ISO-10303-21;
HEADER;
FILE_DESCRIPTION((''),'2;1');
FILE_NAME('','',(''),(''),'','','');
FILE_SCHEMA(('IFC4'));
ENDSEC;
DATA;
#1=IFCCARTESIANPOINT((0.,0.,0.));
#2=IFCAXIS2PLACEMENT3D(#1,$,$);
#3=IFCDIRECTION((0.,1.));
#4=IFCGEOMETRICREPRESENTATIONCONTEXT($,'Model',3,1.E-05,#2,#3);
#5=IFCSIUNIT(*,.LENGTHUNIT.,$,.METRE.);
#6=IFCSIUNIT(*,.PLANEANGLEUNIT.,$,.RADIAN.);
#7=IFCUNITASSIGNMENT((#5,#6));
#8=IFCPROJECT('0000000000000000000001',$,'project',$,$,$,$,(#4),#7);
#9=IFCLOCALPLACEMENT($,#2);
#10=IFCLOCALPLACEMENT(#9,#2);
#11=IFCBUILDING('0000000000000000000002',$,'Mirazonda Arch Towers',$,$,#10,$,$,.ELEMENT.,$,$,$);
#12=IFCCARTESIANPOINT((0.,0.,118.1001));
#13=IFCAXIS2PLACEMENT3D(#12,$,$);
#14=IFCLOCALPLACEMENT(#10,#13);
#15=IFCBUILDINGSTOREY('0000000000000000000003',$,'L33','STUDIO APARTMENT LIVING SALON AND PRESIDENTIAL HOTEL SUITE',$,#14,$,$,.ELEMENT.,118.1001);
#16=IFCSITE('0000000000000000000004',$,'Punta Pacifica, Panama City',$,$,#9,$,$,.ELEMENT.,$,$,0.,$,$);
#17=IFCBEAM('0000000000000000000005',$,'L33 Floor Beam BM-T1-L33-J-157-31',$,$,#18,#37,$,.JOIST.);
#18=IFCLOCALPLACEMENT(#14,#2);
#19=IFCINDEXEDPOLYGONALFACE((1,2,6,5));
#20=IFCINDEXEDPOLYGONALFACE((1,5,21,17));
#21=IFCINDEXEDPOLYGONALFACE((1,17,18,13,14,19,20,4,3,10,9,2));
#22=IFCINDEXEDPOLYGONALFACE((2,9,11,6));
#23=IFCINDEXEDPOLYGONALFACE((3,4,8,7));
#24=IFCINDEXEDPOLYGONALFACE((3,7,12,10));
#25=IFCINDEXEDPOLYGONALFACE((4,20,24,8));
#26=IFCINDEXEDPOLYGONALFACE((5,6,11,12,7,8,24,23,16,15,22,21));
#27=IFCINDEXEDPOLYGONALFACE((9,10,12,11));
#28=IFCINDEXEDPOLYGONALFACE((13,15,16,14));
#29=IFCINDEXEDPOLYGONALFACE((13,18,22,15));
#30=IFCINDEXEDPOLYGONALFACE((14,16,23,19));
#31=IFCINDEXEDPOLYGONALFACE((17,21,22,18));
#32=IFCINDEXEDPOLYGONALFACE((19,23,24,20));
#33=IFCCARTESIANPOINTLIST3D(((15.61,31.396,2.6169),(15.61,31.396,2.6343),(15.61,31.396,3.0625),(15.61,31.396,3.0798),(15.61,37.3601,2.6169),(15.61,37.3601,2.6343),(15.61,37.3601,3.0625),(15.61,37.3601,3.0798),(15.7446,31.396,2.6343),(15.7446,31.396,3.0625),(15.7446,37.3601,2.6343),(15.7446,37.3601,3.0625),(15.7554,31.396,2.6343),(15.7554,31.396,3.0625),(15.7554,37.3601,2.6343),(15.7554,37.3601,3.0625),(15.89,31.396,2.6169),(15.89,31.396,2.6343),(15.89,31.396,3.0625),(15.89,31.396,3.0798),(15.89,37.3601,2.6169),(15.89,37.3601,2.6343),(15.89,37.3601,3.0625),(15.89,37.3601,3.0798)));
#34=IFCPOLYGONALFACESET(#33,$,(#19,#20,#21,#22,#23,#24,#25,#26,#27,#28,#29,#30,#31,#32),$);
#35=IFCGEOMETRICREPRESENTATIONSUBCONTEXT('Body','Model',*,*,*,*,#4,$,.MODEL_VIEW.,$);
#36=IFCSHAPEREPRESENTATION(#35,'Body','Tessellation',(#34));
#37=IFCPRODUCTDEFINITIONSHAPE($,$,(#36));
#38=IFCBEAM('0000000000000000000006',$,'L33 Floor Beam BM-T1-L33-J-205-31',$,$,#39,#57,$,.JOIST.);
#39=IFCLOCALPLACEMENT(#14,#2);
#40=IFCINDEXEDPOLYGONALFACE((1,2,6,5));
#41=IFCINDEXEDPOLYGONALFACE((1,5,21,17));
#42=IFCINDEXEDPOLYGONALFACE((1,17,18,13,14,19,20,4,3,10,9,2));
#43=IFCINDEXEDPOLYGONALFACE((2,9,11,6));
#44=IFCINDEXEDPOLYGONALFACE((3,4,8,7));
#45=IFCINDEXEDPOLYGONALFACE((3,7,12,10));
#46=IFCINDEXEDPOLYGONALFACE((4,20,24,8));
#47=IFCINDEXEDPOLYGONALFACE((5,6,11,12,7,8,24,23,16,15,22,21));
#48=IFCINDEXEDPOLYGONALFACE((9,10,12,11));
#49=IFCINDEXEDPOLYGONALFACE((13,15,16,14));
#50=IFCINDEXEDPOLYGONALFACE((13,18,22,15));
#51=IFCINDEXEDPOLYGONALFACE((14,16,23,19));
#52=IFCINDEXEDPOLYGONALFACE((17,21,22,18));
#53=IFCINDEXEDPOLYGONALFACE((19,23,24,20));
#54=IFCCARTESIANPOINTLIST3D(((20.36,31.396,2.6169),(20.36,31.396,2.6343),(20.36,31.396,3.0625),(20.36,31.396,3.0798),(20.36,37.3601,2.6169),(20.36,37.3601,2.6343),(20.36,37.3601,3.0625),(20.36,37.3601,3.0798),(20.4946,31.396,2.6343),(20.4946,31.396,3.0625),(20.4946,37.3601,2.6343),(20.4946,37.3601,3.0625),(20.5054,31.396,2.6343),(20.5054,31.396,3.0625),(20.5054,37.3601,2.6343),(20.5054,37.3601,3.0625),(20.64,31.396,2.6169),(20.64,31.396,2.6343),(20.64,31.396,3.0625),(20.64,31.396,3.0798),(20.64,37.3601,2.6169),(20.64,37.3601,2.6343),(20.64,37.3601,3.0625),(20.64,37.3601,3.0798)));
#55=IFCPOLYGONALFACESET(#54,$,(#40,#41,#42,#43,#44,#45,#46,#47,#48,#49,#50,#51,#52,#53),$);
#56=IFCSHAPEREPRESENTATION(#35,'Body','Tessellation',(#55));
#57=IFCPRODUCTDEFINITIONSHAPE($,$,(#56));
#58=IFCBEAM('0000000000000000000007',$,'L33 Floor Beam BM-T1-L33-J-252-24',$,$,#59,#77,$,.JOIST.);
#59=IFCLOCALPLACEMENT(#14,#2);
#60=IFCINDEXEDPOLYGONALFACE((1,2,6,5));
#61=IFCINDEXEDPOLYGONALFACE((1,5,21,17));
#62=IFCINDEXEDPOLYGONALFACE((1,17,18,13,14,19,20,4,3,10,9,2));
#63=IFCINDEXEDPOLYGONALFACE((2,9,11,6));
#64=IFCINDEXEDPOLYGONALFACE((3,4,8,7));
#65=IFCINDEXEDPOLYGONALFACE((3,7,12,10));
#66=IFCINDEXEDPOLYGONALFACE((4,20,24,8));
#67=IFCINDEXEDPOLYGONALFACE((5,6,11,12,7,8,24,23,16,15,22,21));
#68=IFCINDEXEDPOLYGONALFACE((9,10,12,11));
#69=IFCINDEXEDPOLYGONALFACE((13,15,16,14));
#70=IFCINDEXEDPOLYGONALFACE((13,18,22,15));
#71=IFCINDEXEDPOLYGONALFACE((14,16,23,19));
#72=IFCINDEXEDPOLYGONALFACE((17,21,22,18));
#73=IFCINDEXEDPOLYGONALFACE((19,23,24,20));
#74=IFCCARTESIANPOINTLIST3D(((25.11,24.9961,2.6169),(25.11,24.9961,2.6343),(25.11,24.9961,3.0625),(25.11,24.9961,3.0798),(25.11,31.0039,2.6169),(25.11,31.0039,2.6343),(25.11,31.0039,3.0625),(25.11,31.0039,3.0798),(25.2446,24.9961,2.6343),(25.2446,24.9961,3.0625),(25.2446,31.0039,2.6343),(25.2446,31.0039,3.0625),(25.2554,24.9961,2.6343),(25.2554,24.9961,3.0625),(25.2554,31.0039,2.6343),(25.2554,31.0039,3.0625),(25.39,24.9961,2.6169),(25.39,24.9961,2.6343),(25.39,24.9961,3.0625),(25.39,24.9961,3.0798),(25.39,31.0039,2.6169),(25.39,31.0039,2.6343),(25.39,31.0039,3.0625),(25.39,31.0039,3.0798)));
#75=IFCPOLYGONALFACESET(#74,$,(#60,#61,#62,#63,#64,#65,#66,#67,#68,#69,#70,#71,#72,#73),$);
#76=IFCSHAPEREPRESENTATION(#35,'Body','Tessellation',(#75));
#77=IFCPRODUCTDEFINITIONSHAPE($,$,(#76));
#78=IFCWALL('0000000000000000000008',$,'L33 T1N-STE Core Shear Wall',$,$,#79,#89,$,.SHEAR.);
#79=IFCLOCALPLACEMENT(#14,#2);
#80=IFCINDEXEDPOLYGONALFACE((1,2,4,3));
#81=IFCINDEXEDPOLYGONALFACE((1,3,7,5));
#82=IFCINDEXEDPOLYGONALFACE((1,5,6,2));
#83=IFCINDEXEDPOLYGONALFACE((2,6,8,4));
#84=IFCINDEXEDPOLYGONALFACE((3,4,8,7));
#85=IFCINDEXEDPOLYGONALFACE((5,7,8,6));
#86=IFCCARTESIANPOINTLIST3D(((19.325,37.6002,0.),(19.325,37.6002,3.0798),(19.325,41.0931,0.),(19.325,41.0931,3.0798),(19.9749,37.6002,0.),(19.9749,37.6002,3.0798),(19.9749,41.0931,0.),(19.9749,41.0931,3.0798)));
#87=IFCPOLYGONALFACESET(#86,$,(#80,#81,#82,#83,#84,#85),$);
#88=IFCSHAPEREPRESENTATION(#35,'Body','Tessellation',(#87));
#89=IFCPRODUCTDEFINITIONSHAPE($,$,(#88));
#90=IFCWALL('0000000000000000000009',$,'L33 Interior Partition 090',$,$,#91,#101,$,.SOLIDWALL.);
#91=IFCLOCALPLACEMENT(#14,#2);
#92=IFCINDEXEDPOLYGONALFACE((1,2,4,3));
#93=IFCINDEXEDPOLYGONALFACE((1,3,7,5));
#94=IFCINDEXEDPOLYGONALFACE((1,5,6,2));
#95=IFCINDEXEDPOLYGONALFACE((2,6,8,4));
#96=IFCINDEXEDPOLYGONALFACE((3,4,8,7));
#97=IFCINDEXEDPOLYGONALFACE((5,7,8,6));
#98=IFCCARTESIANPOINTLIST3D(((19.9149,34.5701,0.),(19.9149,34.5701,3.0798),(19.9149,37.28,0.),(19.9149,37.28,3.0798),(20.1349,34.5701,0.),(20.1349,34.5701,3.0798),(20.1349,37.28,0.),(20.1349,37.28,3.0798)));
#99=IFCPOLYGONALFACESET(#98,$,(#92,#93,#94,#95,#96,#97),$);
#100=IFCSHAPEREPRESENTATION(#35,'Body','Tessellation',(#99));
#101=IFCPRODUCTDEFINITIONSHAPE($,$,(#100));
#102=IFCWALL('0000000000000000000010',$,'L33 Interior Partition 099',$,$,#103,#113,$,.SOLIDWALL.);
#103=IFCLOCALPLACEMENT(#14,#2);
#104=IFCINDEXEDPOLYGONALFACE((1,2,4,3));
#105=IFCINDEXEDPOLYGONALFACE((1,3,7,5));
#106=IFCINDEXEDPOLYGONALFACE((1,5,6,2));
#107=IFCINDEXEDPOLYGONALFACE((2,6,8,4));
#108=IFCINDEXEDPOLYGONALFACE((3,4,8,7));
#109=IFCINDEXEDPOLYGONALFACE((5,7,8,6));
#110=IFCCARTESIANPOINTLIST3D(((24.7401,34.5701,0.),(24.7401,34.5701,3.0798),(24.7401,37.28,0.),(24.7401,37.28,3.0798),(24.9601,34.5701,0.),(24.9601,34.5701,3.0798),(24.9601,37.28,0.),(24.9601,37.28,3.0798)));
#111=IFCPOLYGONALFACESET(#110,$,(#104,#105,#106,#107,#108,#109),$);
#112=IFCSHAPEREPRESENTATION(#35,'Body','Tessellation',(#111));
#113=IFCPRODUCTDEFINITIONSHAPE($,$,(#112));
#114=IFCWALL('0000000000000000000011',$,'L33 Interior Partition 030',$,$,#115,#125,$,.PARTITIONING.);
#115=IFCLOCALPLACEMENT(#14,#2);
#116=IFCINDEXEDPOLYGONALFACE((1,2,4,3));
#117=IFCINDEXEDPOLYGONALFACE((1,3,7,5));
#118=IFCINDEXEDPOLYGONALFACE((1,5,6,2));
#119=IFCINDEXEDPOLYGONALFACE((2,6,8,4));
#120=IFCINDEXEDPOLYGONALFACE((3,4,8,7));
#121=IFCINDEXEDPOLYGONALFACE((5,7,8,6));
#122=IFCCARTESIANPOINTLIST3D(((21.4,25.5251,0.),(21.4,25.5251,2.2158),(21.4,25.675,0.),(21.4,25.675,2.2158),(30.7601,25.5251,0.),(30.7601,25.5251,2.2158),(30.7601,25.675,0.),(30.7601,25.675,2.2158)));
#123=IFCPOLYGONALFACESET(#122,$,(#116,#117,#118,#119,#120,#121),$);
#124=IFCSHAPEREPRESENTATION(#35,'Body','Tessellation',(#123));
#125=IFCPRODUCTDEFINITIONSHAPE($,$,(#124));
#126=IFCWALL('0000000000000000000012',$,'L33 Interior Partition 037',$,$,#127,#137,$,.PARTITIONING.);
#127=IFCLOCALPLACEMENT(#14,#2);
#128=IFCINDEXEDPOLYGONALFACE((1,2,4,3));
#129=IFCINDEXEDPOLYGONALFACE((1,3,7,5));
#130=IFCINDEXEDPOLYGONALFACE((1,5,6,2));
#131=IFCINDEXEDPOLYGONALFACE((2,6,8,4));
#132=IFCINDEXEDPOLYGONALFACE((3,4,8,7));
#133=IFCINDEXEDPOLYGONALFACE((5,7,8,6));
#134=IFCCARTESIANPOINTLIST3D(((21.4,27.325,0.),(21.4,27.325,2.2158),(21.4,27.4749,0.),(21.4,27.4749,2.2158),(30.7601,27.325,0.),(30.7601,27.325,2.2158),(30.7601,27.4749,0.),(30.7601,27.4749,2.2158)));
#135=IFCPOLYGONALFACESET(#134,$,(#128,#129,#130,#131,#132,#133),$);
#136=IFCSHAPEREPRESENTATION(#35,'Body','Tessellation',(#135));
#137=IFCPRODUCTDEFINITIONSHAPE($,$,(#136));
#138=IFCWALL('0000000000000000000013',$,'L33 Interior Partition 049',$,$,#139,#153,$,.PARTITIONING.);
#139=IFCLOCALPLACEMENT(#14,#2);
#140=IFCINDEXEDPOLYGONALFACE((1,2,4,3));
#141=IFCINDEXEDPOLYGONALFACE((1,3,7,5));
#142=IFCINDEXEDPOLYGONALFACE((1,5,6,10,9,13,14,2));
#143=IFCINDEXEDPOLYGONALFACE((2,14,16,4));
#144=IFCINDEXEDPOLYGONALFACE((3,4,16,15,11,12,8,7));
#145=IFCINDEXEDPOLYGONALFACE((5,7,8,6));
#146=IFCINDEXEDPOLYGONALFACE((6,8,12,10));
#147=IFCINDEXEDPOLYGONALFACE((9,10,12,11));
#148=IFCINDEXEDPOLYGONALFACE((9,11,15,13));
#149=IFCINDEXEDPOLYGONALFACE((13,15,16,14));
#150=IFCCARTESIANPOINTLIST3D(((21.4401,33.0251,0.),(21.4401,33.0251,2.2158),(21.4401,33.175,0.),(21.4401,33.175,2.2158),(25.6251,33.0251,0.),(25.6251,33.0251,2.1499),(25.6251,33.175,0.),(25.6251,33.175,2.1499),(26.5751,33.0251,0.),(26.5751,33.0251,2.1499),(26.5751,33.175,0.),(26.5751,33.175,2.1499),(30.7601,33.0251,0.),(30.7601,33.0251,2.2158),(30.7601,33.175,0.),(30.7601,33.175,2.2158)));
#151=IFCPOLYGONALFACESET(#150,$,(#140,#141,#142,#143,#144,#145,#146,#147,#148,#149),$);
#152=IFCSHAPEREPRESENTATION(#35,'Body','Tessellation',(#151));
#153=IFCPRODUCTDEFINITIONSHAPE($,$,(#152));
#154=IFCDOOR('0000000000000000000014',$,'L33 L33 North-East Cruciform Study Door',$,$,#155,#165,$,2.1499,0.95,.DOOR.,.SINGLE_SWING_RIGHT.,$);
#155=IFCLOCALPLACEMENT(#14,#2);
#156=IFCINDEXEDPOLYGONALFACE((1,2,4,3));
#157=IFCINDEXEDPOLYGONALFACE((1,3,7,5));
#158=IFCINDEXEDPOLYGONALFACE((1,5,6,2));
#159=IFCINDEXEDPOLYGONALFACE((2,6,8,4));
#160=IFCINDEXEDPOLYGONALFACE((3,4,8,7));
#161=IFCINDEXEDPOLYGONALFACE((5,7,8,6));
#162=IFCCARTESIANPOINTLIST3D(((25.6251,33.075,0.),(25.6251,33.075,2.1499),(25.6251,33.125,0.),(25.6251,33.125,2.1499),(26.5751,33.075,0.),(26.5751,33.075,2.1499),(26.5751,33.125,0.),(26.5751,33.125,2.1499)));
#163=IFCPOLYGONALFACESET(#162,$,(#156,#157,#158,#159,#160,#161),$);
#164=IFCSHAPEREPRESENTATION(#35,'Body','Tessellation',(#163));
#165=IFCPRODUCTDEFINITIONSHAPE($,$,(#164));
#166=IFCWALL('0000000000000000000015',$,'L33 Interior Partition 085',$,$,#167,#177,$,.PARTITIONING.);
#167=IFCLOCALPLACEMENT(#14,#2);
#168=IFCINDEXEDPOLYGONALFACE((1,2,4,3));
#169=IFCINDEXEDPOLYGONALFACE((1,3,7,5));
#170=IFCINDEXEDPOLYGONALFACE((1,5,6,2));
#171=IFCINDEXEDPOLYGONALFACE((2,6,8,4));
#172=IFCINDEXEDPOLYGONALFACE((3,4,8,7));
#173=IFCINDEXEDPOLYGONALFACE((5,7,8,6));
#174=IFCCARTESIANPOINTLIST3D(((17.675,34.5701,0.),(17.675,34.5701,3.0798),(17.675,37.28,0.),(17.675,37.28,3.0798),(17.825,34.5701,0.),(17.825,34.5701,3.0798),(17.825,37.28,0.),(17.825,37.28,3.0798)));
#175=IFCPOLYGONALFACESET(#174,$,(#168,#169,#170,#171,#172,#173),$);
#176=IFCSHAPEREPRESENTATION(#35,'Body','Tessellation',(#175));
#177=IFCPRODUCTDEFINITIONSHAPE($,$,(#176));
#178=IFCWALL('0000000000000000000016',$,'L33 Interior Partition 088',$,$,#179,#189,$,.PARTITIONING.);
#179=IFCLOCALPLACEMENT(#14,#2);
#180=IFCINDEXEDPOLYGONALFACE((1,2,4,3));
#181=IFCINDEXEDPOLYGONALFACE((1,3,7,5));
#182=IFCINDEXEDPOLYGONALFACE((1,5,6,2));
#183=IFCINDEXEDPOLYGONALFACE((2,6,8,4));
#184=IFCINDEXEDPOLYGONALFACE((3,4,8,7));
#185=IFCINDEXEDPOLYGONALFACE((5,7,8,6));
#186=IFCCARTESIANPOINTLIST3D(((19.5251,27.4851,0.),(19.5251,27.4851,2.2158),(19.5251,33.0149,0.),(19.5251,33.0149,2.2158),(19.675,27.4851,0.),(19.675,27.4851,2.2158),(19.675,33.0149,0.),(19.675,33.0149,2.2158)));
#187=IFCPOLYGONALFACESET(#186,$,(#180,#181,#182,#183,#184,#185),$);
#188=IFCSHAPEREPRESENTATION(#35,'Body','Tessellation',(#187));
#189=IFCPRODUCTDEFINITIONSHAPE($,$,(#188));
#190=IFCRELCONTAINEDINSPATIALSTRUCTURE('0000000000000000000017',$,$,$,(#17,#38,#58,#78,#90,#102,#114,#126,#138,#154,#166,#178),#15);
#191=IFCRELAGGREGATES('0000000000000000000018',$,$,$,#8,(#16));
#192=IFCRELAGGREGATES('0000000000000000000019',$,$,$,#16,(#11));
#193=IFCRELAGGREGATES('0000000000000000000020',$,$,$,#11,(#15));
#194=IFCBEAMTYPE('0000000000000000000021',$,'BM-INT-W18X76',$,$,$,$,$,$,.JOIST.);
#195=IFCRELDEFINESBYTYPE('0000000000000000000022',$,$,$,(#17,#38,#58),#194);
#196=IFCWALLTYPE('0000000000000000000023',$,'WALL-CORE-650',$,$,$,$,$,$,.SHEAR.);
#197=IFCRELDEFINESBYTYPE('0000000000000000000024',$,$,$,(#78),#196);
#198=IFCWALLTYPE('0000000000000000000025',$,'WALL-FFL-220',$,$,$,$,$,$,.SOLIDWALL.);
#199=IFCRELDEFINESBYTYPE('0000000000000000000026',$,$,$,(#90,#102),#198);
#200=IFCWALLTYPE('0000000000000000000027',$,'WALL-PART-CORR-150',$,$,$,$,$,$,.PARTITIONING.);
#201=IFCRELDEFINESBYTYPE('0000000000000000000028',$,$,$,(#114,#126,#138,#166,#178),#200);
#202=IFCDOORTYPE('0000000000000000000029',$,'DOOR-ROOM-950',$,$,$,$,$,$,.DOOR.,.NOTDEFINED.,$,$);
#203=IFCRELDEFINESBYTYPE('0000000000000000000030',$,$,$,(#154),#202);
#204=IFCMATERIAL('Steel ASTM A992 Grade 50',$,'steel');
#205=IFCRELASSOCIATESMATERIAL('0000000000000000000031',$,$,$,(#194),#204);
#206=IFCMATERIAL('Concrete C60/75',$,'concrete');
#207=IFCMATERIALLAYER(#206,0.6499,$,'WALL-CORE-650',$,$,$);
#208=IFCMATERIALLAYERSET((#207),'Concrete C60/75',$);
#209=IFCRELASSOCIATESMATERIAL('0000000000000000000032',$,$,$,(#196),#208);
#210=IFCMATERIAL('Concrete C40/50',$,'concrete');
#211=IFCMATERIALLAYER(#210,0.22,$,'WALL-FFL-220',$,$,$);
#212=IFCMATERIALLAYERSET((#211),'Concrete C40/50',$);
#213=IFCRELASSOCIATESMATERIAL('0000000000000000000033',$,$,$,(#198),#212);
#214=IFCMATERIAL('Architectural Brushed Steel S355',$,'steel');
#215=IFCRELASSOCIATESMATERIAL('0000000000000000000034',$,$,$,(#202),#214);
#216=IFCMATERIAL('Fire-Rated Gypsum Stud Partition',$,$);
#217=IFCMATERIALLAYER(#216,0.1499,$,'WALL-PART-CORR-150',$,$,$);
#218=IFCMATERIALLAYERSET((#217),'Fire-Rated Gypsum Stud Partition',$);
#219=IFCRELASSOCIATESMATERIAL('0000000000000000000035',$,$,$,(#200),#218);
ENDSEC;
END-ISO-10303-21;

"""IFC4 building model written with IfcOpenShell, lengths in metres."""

from ifc_helpers import new_model, si_unit, direction, frame, frame_2d, origin, origin_2d, place, context, subcontext, project, spatial, rectangle, i_section, extrude, material, layer, layer_set, material_profile, profile_set, type_object, element, fill, save


model = new_model("IFC4")

# Units and contexts
model_context = context("Model", 3, precision=1e-05, world=origin(), true_north=direction((0.0, 1.0)))
body_context = subcontext(model_context, "Body", "Model", "MODEL_VIEW")
ifc_project = project(units=[si_unit("LENGTHUNIT", "METRE"), si_unit("PLANEANGLEUNIT", "RADIAN")], contexts=[model_context])

# Site, building, storey
site_placement = place(None, origin())
site = spatial("IfcSite", under=ifc_project, at=site_placement, Name="Punta Pacifica, Panama City", CompositionType="ELEMENT", RefElevation=0.0)
building_placement = place(site_placement, origin())
building = spatial("IfcBuilding", under=site, at=building_placement, Name="Mirazonda Arch Towers", CompositionType="ELEMENT")
storey_placement = place(building_placement, frame((0.0, 0.0, 118.1001)))
storey = spatial("IfcBuildingStorey", under=building, at=storey_placement, Name="L33", Description="STUDIO APARTMENT LIVING SALON AND PRESIDENTIAL HOTEL SUITE", CompositionType="ELEMENT", Elevation=118.1001)

# Beams
ifc_material_1 = material(Name="Steel ASTM A992 Grade 50", Category="steel")
ifc_material_profile = material_profile(ifc_material_1, i_section(OverallWidth=0.28, OverallDepth=0.4629, WebThickness=0.0107, FlangeThickness=0.0173, at=origin_2d()), Name="W18X76")
ifc_profile_set = profile_set([ifc_material_profile], Name="Steel ASTM A992 Grade 50")
beam_type = type_object("IfcBeamType", Name="BM-INT-W18X76", PredefinedType="JOIST", material=ifc_profile_set)
for number, where, z_axis, x_axis, name in (
    (1, (15.75, 31.396, 2.8484), (0.0, 1.0, 0.0), (-1.0, 0.0, 0.0), "L33 Floor Beam BM-T1-L33-J-157-31"),
    (2, (20.5, 31.396, 2.8484), (0.0, 1.0, 0.0), (-1.0, 0.0, 0.0), "L33 Floor Beam BM-T1-L33-J-205-31"),
):
    element("IfcBeam", number, at=place(storey_placement, frame(where, z_axis=z_axis, x_axis=x_axis)), inside=storey, type_object=beam_type, Name=name, PredefinedType="JOIST", context=body_context, shape_type="SweptSolid", body=[
        extrude(i_section(OverallWidth=0.28, OverallDepth=0.4629, WebThickness=0.0107, FlangeThickness=0.0173, at=origin_2d()), origin(), (0.0, 0.0, 1.0), 5.9641),
    ])
beam_placement = place(storey_placement, frame((25.25, 24.9961, 2.8484), z_axis=(0.0, 1.0, 0.0), x_axis=(-1.0, 0.0, 0.0)))
element("IfcBeam", 3, at=beam_placement, inside=storey, type_object=beam_type, Name="L33 Floor Beam BM-T1-L33-J-252-24", PredefinedType="JOIST", context=body_context, shape_type="SweptSolid", body=[
    extrude(i_section(OverallWidth=0.28, OverallDepth=0.4629, WebThickness=0.0107, FlangeThickness=0.0173, at=origin_2d()), origin(), (0.0, 0.0, 1.0), 6.0078),
])

# Wall
ifc_material_2 = material(Name="Concrete C60/75", Category="concrete")
ifc_layer_1 = layer(ifc_material_2, 0.6499, Name="WALL-CORE-650")
ifc_layer_set_1 = layer_set([ifc_layer_1], Name="Concrete C60/75")
wall_type_1 = type_object("IfcWallType", Name="WALL-CORE-650", PredefinedType="SHEAR", material=ifc_layer_set_1)
wall_1_placement = place(storey_placement, frame((19.6499, 37.6001, 0.0), z_axis=(0.0, 0.0, 1.0), x_axis=(0.0, 1.0, 0.0)))
element("IfcWall", 4, at=wall_1_placement, inside=storey, type_object=wall_type_1, Name="L33 T1N-STE Core Shear Wall", PredefinedType="SHEAR", context=body_context, shape_type="SweptSolid", body=[
    extrude(rectangle(XDim=3.4929, YDim=0.6499, at=frame_2d((1.7466, 0.0))), origin(), (0.0, 0.0, 1.0), 3.0798),
])

# Shared definitions
ifc_material_3 = material(Name="Concrete C40/50", Category="concrete")
ifc_layer_2 = layer(ifc_material_3, 0.22, Name="WALL-FFL-220")
ifc_layer_set_2 = layer_set([ifc_layer_2], Name="Concrete C40/50")
wall_type_2 = type_object("IfcWallType", Name="WALL-FFL-220", PredefinedType="SOLIDWALL", material=ifc_layer_set_2)
ifc_material_4 = material(Name="Architectural Brushed Steel S355", Category="steel")
door_type_1 = type_object("IfcDoorType", Name="DOOR-ROOM-950", OperationType="NOTDEFINED", PredefinedType="DOOR", material=ifc_material_4)

# Walls
for number, where, z_axis, x_axis, name in (
    (5, (20.0249, 34.5701, 0.0), (0.0, 0.0, 1.0), (0.0, 1.0, 0.0), "L33 Interior Partition 090"),
    (6, (24.8501, 34.5701, 0.0), (0.0, 0.0, 1.0), (0.0, 1.0, 0.0), "L33 Interior Partition 099"),
):
    element("IfcWall", number, at=place(storey_placement, frame(where, z_axis=z_axis, x_axis=x_axis)), inside=storey, type_object=wall_type_2, Name=name, PredefinedType="SOLIDWALL", context=body_context, shape_type="SweptSolid", body=[
        extrude(rectangle(XDim=2.71, YDim=0.22, at=frame_2d((1.355, 0.0))), origin(), (0.0, 0.0, 1.0), 3.0798),
    ])
ifc_material_5 = material(Name="Fire-Rated Gypsum Stud Partition")
ifc_layer_3 = layer(ifc_material_5, 0.1499, Name="WALL-PART-CORR-150")
ifc_layer_set_3 = layer_set([ifc_layer_3], Name="Fire-Rated Gypsum Stud Partition")
wall_type_3 = type_object("IfcWallType", Name="WALL-PART-CORR-150", PredefinedType="PARTITIONING", material=ifc_layer_set_3)
for number, where, z_axis, x_axis, name in (
    (7, (21.3999, 25.6001, 0.0), (0.0, 0.0, 1.0), (1.0, 0.0, 0.0), "L33 Interior Partition 030"),
    (8, (21.3999, 27.3999, 0.0), (0.0, 0.0, 1.0), (1.0, 0.0, 0.0), "L33 Interior Partition 037"),
):
    element("IfcWall", number, at=place(storey_placement, frame(where, z_axis=z_axis, x_axis=x_axis)), inside=storey, type_object=wall_type_3, Name=name, PredefinedType="PARTITIONING", context=body_context, shape_type="SweptSolid", body=[
        extrude(rectangle(XDim=9.3601, YDim=0.1499, at=frame_2d((4.6802, 0.0))), origin(), (0.0, 0.0, 1.0), 2.2158),
    ])

# Wall, opening, door
wall_2_placement = place(storey_placement, frame((21.4399, 33.1001, 0.0), z_axis=(0.0, 0.0, 1.0), x_axis=(1.0, 0.0, 0.0)))
wall_2 = element("IfcWall", 9, at=wall_2_placement, inside=storey, type_object=wall_type_3, Name="L33 Interior Partition 049", PredefinedType="PARTITIONING", context=body_context, shape_type="SweptSolid", body=[
    extrude(rectangle(XDim=9.3201, YDim=0.1499, at=frame_2d((4.6602, 0.0))), origin(), (0.0, 0.0, 1.0), 2.2158),
])
opening_1_placement = place(wall_2_placement, frame((4.1851, 0.0, 0.0)))
opening_1 = element("IfcOpeningElement", 10, at=opening_1_placement, cuts=wall_2, PredefinedType="OPENING", context=body_context, shape_type="SweptSolid", body=[
    extrude(rectangle(XDim=0.95, YDim=2.1499, at=frame_2d((0.4751, 1.075))), frame((0.0, 0.085, 0.0), z_axis=(0.0, -1.0, 0.0), x_axis=(1.0, 0.0, 0.0)), (0.0, 0.0, 1.0), 0.1699),
])
door_1_placement = place(opening_1_placement, origin())
door_1 = element("IfcDoor", 11, at=door_1_placement, inside=storey, type_object=door_type_1, Name="L33 L33 North-East Cruciform Study Door", OperationType="SINGLE_SWING_RIGHT", OverallHeight=2.1499, OverallWidth=0.95, PredefinedType="DOOR", context=body_context, shape_type="SweptSolid", body=[
    extrude(rectangle(XDim=0.95, YDim=2.1499, at=frame_2d((0.4751, 1.075))), frame((0.0, 0.0249, 0.0), z_axis=(0.0, -1.0, 0.0), x_axis=(1.0, 0.0, 0.0)), (0.0, 0.0, 1.0), 0.05),
])
fill(opening_1, door_1)

# Walls
wall_3_placement = place(storey_placement, frame((17.75, 34.5701, 0.0), z_axis=(0.0, 0.0, 1.0), x_axis=(0.0, 1.0, 0.0)))
element("IfcWall", 12, at=wall_3_placement, inside=storey, type_object=wall_type_3, Name="L33 Interior Partition 085", PredefinedType="PARTITIONING", context=body_context, shape_type="SweptSolid", body=[
    extrude(rectangle(XDim=2.71, YDim=0.1499, at=frame_2d((1.355, 0.0))), origin(), (0.0, 0.0, 1.0), 3.0798),
])
for number, where, z_axis, x_axis, name in (
    (13, (19.6001, 27.4851, 0.0), (0.0, 0.0, 1.0), (0.0, 1.0, 0.0), "L33 Interior Partition 088"),
):
    element("IfcWall", number, at=place(storey_placement, frame(where, z_axis=z_axis, x_axis=x_axis)), inside=storey, type_object=wall_type_3, Name=name, PredefinedType="PARTITIONING", context=body_context, shape_type="SweptSolid", body=[
        extrude(rectangle(XDim=5.5298, YDim=0.1499, at=frame_2d((2.7649, 0.0))), origin(), (0.0, 0.0, 1.0), 2.2158),
    ])

save(model, "model.ifc")
